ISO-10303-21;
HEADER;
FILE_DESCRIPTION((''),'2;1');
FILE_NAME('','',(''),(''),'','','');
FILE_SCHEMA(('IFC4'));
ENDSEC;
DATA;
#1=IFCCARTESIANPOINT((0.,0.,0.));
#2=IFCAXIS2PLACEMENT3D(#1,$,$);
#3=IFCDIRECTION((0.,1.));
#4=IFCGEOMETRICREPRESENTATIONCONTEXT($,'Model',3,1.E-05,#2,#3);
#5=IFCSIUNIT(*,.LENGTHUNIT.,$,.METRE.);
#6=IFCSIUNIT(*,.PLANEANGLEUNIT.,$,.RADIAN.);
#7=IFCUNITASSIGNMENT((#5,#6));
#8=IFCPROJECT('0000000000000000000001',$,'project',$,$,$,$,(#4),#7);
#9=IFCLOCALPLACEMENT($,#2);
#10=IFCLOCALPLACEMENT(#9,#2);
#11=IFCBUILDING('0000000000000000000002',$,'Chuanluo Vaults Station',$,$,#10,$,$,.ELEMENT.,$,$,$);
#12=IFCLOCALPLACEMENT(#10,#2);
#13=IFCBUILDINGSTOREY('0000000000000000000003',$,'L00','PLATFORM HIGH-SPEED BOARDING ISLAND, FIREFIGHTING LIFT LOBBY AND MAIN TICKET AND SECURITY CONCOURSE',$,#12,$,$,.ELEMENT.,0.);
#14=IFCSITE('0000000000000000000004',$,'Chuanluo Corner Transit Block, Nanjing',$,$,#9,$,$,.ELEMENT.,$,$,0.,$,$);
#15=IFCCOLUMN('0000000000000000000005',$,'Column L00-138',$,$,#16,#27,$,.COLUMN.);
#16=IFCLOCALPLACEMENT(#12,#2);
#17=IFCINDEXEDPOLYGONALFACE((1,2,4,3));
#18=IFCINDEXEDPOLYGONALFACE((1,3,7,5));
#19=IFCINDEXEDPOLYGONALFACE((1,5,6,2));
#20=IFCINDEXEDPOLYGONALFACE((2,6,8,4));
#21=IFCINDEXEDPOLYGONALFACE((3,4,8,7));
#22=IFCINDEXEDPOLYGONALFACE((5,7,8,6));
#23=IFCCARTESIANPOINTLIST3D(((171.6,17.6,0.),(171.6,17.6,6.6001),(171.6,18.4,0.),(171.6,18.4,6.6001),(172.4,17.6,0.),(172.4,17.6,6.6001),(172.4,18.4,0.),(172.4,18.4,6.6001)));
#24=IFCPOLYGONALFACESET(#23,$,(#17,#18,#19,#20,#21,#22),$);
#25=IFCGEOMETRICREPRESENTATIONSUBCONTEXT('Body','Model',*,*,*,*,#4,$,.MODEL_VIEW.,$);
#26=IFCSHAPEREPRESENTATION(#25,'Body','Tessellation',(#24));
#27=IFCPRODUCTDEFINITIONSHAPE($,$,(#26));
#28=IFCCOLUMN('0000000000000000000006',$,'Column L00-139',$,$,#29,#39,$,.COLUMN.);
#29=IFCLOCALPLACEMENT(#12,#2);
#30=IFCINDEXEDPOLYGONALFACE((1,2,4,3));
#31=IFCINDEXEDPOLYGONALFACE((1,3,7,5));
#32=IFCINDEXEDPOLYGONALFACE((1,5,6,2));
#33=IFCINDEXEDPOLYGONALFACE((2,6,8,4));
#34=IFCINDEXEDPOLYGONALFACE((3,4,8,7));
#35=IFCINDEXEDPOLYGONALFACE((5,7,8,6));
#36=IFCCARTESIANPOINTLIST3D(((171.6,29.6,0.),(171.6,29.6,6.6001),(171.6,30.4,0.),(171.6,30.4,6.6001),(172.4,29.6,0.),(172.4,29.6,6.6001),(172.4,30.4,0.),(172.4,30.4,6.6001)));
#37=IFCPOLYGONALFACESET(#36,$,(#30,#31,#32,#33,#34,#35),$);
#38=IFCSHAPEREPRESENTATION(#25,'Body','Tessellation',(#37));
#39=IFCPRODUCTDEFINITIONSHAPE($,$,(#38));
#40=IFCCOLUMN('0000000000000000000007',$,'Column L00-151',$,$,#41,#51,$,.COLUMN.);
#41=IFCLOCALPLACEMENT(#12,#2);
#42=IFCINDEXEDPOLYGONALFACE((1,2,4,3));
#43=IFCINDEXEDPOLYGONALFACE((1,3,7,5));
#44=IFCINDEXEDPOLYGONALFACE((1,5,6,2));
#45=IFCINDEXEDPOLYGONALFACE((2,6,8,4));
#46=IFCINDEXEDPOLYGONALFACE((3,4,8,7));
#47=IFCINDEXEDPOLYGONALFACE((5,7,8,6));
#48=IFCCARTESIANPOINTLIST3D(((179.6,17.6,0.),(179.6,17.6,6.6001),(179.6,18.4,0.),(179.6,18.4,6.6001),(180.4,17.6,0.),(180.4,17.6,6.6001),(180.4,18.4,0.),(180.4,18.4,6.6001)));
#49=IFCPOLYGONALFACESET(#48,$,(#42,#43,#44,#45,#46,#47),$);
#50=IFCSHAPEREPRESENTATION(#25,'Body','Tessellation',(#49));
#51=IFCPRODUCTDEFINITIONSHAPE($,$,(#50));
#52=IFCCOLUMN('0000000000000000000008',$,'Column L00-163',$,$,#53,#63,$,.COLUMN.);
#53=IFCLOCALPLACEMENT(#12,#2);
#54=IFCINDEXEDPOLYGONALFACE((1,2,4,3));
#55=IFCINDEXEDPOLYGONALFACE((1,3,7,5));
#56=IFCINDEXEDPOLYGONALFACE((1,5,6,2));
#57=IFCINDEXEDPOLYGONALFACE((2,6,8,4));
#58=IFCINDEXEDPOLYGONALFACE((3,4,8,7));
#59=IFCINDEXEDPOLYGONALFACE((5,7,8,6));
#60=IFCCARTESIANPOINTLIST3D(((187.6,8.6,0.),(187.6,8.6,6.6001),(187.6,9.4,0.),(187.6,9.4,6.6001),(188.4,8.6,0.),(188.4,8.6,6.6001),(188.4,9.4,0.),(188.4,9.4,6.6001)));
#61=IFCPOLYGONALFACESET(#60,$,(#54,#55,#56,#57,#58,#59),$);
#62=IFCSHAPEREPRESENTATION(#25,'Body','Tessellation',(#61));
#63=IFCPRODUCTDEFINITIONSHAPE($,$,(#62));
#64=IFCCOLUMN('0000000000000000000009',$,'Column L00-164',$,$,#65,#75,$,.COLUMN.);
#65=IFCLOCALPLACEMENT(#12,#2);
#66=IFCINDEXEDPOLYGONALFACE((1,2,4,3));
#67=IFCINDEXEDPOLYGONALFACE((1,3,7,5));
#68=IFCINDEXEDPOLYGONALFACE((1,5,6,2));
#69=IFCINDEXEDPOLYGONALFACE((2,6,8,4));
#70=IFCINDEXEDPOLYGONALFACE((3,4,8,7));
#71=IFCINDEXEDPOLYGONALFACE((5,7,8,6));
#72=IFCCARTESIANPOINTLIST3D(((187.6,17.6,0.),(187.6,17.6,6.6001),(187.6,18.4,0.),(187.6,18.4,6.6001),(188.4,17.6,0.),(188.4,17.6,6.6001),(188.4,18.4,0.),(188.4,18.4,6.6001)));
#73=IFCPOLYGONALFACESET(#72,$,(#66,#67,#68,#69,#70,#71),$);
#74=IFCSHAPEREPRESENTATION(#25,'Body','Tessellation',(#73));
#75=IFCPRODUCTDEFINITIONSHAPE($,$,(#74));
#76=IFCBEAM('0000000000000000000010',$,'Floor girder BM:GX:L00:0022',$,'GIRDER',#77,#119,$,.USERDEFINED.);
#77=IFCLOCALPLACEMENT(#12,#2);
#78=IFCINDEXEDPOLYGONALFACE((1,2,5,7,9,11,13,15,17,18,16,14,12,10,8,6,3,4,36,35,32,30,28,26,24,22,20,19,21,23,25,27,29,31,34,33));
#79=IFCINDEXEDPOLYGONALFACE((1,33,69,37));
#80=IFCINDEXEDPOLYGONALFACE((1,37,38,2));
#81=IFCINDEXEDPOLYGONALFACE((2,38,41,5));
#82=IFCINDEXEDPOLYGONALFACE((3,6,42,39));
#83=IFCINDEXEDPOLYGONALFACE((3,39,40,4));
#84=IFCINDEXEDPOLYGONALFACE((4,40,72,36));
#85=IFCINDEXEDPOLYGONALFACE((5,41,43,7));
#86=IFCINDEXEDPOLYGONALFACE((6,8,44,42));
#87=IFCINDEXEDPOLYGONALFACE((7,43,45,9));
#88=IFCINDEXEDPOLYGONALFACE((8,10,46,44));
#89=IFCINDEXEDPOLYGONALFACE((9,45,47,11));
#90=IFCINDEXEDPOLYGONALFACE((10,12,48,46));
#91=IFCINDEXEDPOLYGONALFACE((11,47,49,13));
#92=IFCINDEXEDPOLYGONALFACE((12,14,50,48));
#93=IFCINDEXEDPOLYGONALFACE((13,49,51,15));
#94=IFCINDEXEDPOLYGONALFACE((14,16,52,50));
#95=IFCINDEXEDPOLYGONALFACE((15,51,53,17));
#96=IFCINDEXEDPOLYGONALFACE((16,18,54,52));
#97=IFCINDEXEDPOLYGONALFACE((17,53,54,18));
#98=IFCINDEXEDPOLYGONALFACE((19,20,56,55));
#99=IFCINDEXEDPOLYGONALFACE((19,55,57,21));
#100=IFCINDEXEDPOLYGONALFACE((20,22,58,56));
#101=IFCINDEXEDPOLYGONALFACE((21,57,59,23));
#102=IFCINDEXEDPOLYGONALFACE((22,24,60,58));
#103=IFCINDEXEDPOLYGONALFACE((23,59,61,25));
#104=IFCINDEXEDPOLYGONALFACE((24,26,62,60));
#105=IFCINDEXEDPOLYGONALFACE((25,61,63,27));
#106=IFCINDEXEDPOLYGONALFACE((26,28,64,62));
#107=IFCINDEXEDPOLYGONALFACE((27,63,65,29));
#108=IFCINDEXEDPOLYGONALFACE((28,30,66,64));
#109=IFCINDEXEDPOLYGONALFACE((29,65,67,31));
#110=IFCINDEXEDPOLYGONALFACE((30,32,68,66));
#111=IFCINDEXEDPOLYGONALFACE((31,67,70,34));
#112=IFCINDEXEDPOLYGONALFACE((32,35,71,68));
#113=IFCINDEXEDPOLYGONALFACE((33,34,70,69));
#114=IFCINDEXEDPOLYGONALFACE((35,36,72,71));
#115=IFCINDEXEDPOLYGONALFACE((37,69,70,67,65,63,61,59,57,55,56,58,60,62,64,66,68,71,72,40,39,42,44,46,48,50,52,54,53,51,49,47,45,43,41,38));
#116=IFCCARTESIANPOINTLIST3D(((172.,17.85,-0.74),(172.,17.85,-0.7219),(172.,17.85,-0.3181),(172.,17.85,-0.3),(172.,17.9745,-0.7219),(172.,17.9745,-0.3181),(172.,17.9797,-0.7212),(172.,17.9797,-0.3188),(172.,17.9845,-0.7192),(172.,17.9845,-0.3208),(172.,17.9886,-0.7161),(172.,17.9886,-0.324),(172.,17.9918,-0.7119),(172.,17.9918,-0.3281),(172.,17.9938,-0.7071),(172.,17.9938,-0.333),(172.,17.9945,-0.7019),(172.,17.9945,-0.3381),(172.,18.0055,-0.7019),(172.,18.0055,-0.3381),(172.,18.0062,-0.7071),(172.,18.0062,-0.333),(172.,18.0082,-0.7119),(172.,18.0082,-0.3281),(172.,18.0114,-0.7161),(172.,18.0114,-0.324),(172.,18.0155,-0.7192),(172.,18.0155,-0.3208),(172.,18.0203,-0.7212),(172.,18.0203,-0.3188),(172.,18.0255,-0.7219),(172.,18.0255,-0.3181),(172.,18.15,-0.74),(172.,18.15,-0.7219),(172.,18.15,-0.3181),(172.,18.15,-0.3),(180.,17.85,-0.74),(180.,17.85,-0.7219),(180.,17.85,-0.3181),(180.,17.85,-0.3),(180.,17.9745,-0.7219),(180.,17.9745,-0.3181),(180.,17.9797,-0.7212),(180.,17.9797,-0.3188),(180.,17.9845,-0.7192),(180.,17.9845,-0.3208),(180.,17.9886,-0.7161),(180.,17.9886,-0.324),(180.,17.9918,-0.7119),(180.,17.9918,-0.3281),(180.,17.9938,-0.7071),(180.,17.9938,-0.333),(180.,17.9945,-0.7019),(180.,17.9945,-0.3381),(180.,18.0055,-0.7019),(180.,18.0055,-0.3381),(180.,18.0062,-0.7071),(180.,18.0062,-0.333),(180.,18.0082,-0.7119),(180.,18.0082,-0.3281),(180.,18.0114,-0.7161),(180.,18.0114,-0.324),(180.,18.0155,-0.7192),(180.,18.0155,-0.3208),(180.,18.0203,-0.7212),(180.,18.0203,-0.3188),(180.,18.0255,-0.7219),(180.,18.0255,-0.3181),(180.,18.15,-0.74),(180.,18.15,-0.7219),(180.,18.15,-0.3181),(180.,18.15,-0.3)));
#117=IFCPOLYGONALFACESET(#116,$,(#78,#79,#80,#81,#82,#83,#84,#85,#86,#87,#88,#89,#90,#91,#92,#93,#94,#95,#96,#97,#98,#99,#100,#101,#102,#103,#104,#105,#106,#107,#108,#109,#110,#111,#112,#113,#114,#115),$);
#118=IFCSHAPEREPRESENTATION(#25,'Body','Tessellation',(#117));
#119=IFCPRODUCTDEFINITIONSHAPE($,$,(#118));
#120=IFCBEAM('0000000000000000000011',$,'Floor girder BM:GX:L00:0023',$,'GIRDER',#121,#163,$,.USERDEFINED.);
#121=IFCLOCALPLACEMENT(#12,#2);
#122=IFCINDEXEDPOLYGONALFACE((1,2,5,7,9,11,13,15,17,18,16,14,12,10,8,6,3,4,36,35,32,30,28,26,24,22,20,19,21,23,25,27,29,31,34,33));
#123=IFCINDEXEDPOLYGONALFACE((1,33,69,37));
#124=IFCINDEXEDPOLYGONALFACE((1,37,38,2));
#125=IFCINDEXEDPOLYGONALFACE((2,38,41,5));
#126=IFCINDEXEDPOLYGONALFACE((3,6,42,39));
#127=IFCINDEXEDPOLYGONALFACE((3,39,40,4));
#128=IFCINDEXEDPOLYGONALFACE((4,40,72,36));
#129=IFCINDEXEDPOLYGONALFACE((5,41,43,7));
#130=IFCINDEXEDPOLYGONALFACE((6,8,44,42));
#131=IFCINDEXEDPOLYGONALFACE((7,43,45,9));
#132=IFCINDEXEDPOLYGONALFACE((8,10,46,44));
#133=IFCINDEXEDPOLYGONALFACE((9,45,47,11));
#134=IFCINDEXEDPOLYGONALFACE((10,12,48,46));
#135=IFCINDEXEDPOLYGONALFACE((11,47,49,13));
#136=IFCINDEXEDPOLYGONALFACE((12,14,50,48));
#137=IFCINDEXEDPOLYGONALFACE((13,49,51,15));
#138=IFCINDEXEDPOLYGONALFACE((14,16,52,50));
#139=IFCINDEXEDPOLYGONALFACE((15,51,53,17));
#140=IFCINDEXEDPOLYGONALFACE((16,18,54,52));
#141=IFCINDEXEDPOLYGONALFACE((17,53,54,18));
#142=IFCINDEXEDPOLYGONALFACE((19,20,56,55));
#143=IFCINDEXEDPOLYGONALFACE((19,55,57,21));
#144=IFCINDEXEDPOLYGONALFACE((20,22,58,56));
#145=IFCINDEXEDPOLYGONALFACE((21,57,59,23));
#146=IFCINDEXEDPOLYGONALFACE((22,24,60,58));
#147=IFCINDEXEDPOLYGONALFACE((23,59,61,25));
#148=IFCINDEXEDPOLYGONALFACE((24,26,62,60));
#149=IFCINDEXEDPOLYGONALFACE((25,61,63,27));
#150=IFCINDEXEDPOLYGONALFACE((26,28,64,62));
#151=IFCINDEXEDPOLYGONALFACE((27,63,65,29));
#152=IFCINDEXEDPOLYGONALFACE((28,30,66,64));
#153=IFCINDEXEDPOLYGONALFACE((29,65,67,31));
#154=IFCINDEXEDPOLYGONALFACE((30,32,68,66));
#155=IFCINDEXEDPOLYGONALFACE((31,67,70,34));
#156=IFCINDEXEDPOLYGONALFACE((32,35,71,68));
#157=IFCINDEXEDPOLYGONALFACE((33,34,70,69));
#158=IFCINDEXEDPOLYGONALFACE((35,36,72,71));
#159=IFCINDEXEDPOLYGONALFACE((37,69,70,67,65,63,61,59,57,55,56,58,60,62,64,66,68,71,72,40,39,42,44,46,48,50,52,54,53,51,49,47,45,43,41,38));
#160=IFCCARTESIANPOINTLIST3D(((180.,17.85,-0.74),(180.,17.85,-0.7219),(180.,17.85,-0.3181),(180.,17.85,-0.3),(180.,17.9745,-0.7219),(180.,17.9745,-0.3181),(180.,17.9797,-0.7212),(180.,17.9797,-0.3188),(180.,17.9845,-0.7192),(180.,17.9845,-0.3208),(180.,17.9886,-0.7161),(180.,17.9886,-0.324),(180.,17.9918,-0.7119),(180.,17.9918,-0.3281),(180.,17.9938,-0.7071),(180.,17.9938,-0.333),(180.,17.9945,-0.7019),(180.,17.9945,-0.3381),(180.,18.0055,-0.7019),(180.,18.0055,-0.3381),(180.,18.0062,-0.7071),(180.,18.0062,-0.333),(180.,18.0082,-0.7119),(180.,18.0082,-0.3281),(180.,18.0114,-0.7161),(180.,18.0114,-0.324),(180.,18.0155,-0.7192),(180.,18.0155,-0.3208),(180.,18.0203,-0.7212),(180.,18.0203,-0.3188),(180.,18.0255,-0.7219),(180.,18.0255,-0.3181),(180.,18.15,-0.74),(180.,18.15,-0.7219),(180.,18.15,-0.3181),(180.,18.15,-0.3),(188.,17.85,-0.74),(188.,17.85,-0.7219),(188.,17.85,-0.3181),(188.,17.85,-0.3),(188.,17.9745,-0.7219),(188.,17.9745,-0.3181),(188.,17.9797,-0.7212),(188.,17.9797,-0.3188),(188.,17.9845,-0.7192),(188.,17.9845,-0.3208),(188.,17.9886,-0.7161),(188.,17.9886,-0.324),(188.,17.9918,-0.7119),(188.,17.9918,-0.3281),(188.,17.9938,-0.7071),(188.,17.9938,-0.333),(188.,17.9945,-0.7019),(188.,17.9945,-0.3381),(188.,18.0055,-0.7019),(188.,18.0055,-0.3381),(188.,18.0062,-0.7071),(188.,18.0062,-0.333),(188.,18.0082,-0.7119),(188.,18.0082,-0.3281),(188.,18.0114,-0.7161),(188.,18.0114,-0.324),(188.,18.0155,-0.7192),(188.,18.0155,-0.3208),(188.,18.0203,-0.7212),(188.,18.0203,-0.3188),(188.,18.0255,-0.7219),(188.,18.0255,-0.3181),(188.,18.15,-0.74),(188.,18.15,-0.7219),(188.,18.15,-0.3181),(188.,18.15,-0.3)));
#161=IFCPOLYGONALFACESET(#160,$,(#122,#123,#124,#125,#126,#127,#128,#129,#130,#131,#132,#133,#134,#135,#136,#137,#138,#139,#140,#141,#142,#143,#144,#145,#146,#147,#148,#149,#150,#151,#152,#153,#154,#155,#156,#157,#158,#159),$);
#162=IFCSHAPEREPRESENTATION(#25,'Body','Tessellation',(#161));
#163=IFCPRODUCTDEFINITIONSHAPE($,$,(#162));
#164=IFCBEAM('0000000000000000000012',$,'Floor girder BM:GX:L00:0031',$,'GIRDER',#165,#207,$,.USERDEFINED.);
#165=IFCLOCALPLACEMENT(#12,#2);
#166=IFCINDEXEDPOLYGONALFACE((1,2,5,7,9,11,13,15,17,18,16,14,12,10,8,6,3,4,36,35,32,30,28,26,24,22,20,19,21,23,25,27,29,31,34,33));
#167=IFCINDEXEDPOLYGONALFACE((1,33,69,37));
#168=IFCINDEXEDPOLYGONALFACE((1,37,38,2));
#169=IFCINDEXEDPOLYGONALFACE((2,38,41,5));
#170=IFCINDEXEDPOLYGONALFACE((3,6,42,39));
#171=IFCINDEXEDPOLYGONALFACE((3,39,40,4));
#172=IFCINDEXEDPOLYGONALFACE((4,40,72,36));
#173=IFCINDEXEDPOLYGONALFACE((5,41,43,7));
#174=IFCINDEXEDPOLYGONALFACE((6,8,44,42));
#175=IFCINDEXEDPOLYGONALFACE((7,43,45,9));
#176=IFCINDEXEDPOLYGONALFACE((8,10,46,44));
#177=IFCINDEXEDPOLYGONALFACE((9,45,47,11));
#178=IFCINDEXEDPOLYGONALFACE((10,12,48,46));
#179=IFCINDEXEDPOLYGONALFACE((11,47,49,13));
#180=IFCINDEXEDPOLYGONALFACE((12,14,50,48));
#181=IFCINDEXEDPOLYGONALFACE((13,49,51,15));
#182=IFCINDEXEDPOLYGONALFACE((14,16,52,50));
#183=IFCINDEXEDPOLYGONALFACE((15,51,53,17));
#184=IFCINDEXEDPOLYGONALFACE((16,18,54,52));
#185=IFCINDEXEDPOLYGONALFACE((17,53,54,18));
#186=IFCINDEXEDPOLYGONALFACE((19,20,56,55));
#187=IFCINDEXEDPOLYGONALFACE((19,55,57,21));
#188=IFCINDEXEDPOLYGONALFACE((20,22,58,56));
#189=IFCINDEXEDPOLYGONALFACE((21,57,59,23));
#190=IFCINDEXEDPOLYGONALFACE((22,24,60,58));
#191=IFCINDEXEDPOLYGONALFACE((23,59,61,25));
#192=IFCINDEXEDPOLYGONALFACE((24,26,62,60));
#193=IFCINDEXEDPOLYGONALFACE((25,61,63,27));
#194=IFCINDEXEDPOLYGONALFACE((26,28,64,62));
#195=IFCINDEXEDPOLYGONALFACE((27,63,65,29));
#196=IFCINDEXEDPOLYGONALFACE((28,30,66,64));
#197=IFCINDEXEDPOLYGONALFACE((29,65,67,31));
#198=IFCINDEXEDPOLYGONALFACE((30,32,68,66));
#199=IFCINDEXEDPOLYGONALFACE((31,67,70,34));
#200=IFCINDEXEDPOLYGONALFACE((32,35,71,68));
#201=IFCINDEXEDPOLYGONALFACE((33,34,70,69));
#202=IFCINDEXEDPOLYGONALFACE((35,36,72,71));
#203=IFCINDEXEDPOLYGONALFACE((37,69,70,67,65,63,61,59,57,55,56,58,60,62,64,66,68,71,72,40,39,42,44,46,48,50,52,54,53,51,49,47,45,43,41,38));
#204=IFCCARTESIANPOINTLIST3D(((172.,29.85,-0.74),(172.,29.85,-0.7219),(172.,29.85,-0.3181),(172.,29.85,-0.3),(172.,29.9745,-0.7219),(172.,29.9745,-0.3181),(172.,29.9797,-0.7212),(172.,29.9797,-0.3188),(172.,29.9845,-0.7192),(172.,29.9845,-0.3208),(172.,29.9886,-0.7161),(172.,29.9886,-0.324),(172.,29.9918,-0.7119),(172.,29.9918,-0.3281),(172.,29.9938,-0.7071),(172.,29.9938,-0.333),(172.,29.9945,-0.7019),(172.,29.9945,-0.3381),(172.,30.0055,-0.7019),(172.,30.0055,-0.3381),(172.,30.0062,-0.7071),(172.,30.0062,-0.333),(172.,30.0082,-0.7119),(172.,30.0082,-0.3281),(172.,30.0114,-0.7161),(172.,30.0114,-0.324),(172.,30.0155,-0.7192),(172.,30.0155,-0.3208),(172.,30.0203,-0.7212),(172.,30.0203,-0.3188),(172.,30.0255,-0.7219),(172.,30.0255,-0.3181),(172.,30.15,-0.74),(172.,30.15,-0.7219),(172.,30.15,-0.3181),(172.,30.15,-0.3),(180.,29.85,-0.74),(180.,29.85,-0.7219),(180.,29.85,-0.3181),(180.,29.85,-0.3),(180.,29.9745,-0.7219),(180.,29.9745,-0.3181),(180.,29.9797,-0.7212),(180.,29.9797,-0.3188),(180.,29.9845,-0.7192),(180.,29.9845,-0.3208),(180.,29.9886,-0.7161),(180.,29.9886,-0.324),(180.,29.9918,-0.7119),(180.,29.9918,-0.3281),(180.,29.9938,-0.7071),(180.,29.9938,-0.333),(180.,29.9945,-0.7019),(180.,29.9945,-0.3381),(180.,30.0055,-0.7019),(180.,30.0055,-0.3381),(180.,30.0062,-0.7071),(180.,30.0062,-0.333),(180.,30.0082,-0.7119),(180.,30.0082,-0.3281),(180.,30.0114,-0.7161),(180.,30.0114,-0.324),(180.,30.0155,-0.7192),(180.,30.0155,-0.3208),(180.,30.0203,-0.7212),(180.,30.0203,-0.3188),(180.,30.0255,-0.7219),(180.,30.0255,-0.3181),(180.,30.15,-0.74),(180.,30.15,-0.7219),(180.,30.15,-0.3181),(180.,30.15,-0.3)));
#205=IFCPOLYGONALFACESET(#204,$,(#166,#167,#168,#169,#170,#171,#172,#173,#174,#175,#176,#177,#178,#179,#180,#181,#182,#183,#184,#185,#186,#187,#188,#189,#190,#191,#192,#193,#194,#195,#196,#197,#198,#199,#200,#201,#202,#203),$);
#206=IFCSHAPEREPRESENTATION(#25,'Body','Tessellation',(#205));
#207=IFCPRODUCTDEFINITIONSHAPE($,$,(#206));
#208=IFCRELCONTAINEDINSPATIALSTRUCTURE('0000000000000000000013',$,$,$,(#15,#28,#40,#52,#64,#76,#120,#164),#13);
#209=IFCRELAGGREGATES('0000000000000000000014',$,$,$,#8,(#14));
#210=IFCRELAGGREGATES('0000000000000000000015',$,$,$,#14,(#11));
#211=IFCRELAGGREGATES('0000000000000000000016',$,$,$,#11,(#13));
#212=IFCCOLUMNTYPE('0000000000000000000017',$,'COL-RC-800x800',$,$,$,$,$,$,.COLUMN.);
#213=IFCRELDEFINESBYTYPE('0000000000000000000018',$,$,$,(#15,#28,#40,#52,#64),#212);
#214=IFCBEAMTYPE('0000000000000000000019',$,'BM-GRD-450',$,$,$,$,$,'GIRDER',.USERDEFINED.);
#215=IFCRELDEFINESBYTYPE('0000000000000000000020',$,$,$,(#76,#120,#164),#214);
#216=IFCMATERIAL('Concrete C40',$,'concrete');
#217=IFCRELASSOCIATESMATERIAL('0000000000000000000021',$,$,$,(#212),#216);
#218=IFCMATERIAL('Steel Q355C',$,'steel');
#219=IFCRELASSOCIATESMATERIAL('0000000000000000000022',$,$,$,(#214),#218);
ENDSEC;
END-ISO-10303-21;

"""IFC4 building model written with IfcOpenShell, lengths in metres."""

from ifc_helpers import new_model, si_unit, direction, frame, origin, origin_2d, place, context, subcontext, project, spatial, rectangle, i_section, extrude, material, material_profile, profile_set, type_object, element, save


model = new_model("IFC4")

# Units and contexts
model_context = context("Model", 3, precision=1e-05, world=origin(), true_north=direction((0.0, 1.0)))
body_context = subcontext(model_context, "Body", "Model", "MODEL_VIEW")
ifc_project = project(units=[si_unit("LENGTHUNIT", "METRE"), si_unit("PLANEANGLEUNIT", "RADIAN")], contexts=[model_context])

# Site, building, storey
site_placement = place(None, origin())
site = spatial("IfcSite", under=ifc_project, at=site_placement, Name="Chuanluo Corner Transit Block, Nanjing", CompositionType="ELEMENT", RefElevation=0.0)
building_placement = place(site_placement, origin())
building = spatial("IfcBuilding", under=site, at=building_placement, Name="Chuanluo Vaults Station", CompositionType="ELEMENT")
storey_placement = place(building_placement, origin())
storey = spatial("IfcBuildingStorey", under=building, at=storey_placement, Name="L00", Description="PLATFORM HIGH-SPEED BOARDING ISLAND, FIREFIGHTING LIFT LOBBY AND MAIN TICKET AND SECURITY CONCOURSE", CompositionType="ELEMENT", Elevation=0.0)

# Columns
ifc_material_1 = material(Name="Concrete C40", Category="concrete")
ifc_material_profile_1 = material_profile(ifc_material_1, rectangle(XDim=0.8, YDim=0.8, at=origin_2d()))
ifc_profile_set_1 = profile_set([ifc_material_profile_1], Name="Concrete C40")
column_type = type_object("IfcColumnType", Name="COL-RC-800x800", PredefinedType="COLUMN", material=ifc_profile_set_1)
for number, where, z_axis, x_axis, name in (
    (1, (172.0, 18.0, 0.0), (0.0, 0.0, 1.0), (1.0, 0.0, 0.0), "Column L00-138"),
    (2, (172.0, 30.0, 0.0), (0.0, 0.0, 1.0), (1.0, 0.0, 0.0), "Column L00-139"),
    (3, (180.0, 18.0, 0.0), (0.0, 0.0, 1.0), (1.0, 0.0, 0.0), "Column L00-151"),
    (4, (188.0, 9.0, 0.0), (0.0, 0.0, 1.0), (1.0, 0.0, 0.0), "Column L00-163"),
    (5, (188.0, 18.0, 0.0), (0.0, 0.0, 1.0), (1.0, 0.0, 0.0), "Column L00-164"),
):
    element("IfcColumn", number, at=place(storey_placement, frame(where, z_axis=z_axis, x_axis=x_axis)), inside=storey, type_object=column_type, Name=name, PredefinedType="COLUMN", context=body_context, shape_type="SweptSolid", body=[
        extrude(rectangle(XDim=0.8, YDim=0.8, at=origin_2d()), origin(), (0.0, 0.0, 1.0), 6.6001),
    ])

# Beams
ifc_material_2 = material(Name="Steel Q355C", Category="steel")
ifc_material_profile_2 = material_profile(ifc_material_2, i_section(OverallWidth=0.3, OverallDepth=0.4399, WebThickness=0.011, FlangeThickness=0.0181, FilletRadius=0.02, at=origin_2d()))
ifc_profile_set_2 = profile_set([ifc_material_profile_2], Name="Steel Q355C")
beam_type_1 = type_object("IfcBeamType", Name="BM-GRD-450", ElementType="GIRDER", PredefinedType="USERDEFINED", material=ifc_profile_set_2)
for number, where, z_axis, x_axis, name in (
    (6, (172.0, 18.0, -0.52), (1.0, 0.0, 0.0), (0.0, 1.0, 0.0), "Floor girder BM:GX:L00:0022"),
    (7, (180.0, 18.0, -0.52), (1.0, 0.0, 0.0), (0.0, 1.0, 0.0), "Floor girder BM:GX:L00:0023"),
    (8, (172.0, 30.0, -0.52), (1.0, 0.0, 0.0), (0.0, 1.0, 0.0), "Floor girder BM:GX:L00:0031"),
):
    element("IfcBeam", number, at=place(storey_placement, frame(where, z_axis=z_axis, x_axis=x_axis)), inside=storey, type_object=beam_type_1, Name=name, ObjectType="GIRDER", PredefinedType="USERDEFINED", context=body_context, shape_type="SweptSolid", body=[
        extrude(i_section(OverallWidth=0.3, OverallDepth=0.4399, WebThickness=0.011, FlangeThickness=0.0181, FilletRadius=0.02, at=origin_2d()), origin(), (0.0, 0.0, 1.0), 8.0),
    ])

save(model, "model.ifc")
